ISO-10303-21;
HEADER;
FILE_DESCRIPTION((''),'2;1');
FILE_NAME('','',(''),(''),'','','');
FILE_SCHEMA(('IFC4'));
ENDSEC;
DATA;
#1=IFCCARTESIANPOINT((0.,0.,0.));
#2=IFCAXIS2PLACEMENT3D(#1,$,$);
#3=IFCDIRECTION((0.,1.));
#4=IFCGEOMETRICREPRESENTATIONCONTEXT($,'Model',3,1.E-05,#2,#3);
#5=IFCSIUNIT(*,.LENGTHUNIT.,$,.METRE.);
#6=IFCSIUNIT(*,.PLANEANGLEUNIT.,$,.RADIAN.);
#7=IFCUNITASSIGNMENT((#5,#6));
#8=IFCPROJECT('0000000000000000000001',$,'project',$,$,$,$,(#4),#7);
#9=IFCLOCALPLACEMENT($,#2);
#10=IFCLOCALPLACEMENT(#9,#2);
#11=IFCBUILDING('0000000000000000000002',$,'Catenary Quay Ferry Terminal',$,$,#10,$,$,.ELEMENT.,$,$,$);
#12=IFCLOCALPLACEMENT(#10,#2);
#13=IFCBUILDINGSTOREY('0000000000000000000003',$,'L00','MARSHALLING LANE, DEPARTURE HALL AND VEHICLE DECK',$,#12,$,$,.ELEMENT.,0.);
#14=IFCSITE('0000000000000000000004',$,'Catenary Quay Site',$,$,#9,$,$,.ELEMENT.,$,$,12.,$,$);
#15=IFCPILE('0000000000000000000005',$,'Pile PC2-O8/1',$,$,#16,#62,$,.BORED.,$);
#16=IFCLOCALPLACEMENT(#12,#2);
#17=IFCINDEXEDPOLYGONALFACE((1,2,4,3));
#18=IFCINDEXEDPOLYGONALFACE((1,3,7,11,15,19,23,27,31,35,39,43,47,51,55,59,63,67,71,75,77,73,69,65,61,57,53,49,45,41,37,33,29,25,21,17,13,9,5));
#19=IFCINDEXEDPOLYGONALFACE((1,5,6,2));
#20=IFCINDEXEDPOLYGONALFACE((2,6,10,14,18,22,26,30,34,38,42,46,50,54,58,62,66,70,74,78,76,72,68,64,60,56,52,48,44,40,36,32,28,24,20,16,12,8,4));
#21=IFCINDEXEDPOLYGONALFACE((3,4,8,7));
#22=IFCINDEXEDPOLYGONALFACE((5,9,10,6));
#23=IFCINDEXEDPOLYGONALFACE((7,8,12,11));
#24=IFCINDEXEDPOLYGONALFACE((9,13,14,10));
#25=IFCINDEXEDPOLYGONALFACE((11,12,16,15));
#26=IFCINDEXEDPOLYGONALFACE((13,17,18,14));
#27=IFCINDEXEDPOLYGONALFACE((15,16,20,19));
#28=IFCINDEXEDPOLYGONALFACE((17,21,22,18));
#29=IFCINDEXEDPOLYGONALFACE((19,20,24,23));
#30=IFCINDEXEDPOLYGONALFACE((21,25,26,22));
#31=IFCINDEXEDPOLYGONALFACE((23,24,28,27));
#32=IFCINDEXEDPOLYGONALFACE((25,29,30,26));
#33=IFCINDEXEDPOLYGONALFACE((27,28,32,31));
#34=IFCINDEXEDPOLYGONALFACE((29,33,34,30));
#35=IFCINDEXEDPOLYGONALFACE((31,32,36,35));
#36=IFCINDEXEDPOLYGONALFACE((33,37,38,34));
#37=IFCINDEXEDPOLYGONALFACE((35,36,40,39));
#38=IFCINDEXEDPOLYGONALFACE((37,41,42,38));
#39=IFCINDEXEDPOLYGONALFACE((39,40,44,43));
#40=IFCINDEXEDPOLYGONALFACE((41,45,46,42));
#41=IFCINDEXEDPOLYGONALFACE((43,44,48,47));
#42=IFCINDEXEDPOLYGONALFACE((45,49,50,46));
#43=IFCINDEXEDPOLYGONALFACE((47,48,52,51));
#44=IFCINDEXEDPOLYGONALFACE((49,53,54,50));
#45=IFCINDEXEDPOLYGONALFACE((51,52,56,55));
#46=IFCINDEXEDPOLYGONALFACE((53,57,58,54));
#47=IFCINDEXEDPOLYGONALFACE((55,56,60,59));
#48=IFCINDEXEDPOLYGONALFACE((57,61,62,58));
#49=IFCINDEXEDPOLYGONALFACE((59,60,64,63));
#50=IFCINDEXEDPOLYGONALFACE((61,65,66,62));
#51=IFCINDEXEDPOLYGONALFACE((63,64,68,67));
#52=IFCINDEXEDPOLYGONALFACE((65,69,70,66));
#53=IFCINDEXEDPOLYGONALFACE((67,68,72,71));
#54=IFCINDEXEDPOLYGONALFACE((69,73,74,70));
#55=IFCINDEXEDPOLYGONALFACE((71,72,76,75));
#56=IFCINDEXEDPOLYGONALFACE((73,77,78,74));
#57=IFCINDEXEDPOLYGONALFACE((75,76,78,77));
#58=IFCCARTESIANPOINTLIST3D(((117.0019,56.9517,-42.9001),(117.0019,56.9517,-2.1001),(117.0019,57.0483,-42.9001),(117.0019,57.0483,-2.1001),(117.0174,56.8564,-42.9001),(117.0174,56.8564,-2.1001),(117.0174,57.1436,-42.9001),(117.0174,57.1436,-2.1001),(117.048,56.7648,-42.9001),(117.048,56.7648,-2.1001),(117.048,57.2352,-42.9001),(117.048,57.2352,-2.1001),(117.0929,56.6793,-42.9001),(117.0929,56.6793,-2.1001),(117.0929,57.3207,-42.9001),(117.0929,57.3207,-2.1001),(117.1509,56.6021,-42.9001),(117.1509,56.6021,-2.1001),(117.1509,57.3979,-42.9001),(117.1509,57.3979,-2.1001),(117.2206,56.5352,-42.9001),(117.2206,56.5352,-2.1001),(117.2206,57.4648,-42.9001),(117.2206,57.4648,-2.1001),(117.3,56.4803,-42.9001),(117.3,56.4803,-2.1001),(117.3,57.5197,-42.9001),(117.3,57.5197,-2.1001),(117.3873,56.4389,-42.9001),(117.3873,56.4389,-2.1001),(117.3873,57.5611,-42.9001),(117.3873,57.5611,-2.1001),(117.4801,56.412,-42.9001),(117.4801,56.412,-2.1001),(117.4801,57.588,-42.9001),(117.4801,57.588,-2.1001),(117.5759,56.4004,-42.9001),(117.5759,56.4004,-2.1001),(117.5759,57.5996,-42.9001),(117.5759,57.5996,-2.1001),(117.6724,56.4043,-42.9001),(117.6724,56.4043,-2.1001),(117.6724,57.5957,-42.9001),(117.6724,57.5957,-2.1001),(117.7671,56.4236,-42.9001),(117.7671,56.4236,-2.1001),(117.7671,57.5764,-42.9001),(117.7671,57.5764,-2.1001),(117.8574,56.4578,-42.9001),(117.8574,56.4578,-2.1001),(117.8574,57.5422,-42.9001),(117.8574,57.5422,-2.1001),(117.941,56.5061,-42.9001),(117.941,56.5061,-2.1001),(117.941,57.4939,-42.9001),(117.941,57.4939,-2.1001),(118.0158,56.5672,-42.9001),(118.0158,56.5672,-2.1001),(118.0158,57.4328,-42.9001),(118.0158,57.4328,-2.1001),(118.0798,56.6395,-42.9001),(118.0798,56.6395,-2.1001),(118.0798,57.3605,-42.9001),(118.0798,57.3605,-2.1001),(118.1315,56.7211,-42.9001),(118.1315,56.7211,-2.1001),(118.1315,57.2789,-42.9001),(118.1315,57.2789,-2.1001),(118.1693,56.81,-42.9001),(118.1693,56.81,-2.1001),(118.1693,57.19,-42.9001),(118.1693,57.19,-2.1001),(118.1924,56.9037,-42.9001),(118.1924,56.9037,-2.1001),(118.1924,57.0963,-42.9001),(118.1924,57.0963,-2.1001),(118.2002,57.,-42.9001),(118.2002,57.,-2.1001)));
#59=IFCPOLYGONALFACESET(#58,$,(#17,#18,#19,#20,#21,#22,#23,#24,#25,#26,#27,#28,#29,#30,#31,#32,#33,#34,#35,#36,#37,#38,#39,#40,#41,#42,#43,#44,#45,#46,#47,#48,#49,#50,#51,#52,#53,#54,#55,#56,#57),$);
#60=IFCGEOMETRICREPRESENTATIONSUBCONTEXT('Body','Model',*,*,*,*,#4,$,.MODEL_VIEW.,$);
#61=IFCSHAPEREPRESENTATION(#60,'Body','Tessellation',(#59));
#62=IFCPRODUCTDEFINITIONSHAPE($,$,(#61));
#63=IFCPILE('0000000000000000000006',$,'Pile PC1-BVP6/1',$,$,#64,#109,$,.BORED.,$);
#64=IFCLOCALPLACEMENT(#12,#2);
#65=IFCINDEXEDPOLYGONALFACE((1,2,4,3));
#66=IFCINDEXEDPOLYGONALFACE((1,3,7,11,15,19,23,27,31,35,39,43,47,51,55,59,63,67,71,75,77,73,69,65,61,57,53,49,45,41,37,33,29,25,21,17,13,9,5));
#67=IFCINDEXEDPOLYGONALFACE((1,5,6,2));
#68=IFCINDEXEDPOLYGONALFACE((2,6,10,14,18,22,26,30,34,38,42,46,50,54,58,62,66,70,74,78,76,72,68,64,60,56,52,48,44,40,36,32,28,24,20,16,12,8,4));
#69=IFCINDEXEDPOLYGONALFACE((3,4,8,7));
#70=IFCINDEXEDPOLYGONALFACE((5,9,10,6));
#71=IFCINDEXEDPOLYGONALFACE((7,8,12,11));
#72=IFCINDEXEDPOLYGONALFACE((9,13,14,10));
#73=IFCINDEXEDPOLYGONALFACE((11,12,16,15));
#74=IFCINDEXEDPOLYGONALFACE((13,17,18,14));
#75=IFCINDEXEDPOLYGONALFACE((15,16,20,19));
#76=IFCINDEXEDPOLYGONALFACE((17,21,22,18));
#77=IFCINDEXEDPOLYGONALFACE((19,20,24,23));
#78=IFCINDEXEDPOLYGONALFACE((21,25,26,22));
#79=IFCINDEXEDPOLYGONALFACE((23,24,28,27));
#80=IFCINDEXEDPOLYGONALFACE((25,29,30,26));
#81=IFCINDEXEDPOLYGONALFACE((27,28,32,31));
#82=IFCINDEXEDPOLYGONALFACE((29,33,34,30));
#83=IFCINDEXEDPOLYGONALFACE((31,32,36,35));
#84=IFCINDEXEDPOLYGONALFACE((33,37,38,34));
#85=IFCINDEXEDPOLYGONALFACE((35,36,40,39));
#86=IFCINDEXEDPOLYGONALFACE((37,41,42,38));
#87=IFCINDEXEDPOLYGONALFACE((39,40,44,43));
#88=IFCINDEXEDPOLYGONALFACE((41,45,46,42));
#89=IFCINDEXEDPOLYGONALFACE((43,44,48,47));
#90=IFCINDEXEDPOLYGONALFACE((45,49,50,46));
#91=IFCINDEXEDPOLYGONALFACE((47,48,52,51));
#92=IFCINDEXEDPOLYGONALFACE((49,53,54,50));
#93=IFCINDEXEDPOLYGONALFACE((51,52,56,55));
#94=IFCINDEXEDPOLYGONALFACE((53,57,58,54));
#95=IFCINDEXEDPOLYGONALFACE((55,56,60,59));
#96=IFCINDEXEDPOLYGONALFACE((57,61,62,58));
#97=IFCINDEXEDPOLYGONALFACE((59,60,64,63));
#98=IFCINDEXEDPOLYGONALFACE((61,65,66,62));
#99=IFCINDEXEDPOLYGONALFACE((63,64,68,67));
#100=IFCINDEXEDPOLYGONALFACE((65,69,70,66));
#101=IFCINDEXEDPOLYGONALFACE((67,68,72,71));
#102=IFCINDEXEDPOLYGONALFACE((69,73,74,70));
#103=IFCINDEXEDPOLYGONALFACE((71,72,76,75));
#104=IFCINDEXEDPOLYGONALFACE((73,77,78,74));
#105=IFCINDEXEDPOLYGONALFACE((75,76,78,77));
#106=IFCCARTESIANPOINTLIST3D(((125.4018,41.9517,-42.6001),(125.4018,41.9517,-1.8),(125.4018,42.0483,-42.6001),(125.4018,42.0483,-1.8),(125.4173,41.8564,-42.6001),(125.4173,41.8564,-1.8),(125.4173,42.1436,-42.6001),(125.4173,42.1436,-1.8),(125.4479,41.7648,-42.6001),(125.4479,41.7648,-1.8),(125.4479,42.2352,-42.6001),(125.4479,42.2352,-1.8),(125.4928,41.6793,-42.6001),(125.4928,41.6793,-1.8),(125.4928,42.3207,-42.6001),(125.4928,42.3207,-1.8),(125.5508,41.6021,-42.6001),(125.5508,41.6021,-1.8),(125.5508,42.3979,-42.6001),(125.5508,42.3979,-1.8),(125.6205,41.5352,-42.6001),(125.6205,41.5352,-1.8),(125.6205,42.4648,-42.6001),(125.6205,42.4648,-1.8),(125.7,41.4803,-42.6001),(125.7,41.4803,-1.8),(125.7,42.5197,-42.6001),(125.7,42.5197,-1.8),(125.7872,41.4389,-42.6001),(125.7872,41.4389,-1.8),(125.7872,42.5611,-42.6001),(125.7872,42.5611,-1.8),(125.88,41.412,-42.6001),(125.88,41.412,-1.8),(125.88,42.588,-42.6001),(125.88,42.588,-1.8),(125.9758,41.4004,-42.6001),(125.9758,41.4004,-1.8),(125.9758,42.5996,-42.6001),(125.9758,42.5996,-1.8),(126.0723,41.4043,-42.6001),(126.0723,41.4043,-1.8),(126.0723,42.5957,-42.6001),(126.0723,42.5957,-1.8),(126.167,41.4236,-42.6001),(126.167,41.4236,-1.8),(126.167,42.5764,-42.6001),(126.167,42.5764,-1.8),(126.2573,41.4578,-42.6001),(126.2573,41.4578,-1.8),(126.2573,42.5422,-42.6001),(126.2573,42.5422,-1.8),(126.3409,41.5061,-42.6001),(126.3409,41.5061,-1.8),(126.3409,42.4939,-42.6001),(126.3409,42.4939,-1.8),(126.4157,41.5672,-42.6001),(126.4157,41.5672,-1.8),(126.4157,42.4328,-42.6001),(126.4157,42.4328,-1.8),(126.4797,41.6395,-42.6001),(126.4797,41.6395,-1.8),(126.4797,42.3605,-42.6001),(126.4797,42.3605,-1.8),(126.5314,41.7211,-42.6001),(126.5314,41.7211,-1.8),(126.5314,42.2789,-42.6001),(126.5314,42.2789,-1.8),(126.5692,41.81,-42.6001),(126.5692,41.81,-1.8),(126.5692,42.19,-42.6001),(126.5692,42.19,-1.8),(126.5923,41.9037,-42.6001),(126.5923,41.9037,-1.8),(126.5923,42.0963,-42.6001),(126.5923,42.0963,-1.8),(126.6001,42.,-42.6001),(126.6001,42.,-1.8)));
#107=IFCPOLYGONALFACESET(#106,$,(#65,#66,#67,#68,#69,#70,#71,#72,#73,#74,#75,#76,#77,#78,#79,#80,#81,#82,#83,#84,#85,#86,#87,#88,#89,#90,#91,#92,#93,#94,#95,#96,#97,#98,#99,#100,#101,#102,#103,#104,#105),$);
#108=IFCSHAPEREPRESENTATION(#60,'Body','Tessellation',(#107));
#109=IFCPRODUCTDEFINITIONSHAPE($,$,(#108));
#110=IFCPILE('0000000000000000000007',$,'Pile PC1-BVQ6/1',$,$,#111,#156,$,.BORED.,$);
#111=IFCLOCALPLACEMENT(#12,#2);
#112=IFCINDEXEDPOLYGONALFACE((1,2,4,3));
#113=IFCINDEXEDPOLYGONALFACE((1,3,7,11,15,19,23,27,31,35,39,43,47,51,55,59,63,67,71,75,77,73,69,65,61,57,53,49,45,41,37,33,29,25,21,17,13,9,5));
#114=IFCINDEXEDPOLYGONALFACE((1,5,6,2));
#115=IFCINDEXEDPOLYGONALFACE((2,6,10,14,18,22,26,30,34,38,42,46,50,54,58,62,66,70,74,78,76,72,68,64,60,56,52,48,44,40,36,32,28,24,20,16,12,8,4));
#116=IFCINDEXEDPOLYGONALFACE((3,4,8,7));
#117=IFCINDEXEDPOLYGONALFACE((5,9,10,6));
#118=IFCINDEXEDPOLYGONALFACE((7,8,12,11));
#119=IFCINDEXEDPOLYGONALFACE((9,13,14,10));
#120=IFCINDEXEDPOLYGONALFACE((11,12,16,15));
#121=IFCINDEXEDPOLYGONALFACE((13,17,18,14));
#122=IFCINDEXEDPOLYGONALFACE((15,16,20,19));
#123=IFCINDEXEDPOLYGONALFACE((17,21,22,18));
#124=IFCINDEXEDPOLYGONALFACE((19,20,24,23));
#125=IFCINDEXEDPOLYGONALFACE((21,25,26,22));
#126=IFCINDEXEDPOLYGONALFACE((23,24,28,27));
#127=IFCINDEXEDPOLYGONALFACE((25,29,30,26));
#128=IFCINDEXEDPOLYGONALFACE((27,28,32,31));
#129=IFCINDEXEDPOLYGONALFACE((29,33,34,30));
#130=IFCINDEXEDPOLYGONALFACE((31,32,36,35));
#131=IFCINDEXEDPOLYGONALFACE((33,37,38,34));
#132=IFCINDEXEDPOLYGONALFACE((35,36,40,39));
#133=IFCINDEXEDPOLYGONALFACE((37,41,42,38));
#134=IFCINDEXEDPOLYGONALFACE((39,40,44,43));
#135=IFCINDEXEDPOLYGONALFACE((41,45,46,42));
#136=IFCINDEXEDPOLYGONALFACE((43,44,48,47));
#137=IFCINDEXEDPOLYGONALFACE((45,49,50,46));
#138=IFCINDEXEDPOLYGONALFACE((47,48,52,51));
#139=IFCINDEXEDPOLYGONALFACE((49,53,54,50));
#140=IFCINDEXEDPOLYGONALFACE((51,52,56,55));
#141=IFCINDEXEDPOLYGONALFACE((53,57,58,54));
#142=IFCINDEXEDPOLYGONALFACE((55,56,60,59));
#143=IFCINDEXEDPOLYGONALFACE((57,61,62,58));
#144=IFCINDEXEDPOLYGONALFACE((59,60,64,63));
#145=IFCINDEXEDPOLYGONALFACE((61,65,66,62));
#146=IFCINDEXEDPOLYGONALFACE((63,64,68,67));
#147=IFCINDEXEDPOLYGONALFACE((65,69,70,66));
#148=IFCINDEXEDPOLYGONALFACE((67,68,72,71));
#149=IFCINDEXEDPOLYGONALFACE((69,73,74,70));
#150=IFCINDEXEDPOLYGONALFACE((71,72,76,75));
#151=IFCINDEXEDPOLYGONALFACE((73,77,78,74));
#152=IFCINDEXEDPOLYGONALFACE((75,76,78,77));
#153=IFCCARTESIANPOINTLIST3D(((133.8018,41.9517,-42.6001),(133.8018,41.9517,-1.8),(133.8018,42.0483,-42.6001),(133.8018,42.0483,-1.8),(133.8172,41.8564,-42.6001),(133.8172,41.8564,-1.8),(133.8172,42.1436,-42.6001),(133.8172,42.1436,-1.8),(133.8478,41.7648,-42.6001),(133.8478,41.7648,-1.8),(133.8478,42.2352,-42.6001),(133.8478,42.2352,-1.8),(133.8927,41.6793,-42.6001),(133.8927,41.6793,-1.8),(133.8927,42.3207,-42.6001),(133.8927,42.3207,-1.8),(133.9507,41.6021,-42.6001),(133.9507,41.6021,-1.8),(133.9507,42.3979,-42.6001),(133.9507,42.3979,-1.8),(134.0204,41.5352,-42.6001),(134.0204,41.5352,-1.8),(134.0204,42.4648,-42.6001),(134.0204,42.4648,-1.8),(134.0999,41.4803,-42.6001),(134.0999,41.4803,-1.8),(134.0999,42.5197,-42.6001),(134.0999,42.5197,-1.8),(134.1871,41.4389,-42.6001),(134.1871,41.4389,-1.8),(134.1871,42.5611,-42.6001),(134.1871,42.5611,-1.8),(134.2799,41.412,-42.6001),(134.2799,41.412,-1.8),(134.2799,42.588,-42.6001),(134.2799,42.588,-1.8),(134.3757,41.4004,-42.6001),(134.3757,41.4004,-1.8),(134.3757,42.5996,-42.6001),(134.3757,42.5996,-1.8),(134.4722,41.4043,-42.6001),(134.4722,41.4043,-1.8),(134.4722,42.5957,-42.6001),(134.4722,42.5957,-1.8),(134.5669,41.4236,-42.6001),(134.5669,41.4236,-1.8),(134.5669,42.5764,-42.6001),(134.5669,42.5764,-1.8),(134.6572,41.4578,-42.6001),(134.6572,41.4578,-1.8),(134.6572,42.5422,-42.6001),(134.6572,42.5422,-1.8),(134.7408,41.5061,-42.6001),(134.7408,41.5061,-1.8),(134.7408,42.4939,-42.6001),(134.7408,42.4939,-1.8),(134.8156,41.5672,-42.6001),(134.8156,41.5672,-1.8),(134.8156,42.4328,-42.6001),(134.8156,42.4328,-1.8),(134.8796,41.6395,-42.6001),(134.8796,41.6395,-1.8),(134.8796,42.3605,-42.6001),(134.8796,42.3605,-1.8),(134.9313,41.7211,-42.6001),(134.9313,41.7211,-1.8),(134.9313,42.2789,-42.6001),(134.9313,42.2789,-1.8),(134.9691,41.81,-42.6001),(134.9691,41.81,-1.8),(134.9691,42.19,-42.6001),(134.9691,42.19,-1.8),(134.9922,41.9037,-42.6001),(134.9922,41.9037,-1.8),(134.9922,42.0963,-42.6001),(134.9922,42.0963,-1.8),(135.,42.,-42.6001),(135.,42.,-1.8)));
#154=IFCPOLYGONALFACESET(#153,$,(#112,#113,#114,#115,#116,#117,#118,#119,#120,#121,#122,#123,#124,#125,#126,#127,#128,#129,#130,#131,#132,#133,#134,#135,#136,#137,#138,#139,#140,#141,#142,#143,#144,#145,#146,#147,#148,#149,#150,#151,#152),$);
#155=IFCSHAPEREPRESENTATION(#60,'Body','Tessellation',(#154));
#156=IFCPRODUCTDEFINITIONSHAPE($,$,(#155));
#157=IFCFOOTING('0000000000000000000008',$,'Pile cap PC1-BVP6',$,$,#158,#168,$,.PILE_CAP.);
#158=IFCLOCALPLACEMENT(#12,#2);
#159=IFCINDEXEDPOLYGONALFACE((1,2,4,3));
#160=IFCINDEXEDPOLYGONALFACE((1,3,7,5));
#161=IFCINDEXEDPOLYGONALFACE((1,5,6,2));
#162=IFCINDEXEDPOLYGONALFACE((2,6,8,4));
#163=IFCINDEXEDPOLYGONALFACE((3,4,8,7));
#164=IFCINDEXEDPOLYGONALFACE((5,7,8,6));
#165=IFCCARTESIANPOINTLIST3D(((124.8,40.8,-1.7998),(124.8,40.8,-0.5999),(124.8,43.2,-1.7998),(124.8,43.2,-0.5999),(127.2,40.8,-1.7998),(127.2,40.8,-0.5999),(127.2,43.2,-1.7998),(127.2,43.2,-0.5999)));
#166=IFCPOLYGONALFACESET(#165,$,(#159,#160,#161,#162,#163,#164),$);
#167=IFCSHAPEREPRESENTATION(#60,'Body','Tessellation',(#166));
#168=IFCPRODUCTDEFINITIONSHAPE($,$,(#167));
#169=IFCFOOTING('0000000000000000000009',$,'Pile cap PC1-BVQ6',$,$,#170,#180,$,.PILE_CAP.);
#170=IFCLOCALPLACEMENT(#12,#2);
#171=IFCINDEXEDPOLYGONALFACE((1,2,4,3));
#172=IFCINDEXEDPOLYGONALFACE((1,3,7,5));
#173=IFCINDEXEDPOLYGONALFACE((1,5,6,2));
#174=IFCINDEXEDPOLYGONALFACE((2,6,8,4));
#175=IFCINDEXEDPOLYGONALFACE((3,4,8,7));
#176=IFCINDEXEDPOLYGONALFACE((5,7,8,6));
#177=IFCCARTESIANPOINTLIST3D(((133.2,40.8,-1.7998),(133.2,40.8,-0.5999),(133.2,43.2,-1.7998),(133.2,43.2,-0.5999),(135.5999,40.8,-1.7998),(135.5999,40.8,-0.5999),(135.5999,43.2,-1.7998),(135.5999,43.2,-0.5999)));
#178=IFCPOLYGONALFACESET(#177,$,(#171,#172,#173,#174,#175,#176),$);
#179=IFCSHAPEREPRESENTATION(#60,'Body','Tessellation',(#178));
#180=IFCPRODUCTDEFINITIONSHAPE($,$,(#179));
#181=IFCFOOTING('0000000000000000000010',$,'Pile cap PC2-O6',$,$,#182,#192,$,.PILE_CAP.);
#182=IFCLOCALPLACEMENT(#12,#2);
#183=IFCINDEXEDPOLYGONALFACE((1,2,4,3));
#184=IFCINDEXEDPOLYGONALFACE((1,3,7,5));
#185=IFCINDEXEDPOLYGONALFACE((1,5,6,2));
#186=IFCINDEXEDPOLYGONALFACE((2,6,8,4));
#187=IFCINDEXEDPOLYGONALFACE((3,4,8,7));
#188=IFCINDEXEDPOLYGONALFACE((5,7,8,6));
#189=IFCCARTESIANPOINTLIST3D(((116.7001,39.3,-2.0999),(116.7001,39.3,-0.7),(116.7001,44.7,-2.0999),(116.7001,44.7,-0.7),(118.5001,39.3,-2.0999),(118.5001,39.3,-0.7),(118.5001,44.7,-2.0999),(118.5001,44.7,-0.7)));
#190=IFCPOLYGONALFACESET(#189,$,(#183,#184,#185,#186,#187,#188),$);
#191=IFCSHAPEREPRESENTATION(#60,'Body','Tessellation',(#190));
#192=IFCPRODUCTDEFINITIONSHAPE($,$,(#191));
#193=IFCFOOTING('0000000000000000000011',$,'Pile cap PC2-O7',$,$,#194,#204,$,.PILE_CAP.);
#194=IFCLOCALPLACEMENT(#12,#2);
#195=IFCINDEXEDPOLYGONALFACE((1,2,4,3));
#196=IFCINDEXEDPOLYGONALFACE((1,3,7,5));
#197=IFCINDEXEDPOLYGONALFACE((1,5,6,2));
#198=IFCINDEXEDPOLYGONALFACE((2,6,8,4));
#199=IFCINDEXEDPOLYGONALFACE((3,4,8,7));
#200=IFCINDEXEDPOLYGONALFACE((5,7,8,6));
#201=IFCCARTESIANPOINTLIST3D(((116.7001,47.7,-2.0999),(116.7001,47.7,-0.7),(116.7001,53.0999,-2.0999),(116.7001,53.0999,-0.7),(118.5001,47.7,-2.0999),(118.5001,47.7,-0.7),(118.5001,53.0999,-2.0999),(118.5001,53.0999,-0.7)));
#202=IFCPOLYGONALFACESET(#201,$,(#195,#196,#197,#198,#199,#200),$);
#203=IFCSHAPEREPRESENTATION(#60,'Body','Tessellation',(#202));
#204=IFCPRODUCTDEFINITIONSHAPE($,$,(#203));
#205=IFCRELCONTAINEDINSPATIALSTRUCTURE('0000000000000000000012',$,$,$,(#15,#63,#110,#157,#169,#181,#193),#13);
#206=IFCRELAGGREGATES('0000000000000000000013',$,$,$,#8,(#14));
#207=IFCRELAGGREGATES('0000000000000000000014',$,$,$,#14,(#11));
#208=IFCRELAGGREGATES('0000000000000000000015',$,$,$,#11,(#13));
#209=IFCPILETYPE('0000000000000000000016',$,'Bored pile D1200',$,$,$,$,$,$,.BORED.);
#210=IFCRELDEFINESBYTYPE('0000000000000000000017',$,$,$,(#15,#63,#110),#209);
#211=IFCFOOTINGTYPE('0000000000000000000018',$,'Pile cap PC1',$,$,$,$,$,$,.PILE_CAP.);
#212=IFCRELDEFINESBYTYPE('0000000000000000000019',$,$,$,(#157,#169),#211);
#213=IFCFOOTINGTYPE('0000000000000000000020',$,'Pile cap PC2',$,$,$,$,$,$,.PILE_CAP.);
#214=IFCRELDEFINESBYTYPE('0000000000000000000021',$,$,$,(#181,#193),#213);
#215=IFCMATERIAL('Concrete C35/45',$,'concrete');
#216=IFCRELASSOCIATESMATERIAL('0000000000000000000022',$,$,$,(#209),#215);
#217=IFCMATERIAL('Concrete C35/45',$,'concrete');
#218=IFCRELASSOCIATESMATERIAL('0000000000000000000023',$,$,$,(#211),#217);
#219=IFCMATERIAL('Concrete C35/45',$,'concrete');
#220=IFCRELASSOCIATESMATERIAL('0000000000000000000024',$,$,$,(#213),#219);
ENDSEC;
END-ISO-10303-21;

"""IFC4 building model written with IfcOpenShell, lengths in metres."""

from ifc_helpers import new_model, si_unit, direction, frame, origin, origin_2d, place, context, subcontext, project, spatial, rectangle, circle, extrude, material, material_profile, profile_set, type_object, element, save


model = new_model("IFC4")

# Units and contexts
model_context = context("Model", 3, precision=1e-05, world=origin(), true_north=direction((0.0, 1.0)))
body_context = subcontext(model_context, "Body", "Model", "MODEL_VIEW")
ifc_project = project(units=[si_unit("LENGTHUNIT", "METRE"), si_unit("PLANEANGLEUNIT", "RADIAN")], contexts=[model_context])

# Site, building, storey
site_placement = place(None, origin())
site = spatial("IfcSite", under=ifc_project, at=site_placement, Name="Catenary Quay Site", CompositionType="ELEMENT", RefElevation=12.0)
building_placement = place(site_placement, origin())
building = spatial("IfcBuilding", under=site, at=building_placement, Name="Catenary Quay Ferry Terminal", CompositionType="ELEMENT")
storey_placement = place(building_placement, origin())
storey = spatial("IfcBuildingStorey", under=building, at=storey_placement, Name="L00", Description="MARSHALLING LANE, DEPARTURE HALL AND VEHICLE DECK", CompositionType="ELEMENT", Elevation=0.0)

# Piles
ifc_material_1 = material(Name="Concrete C35/45", Category="concrete")
ifc_material_profile_1 = material_profile(ifc_material_1, circle(Radius=0.6001, at=origin_2d()), Name="D1200")
ifc_profile_set_1 = profile_set([ifc_material_profile_1], Name="Concrete C35/45")
pile_type = type_object("IfcPileType", Name="Bored pile D1200", PredefinedType="BORED", material=ifc_profile_set_1)
for number, where, z_axis, x_axis, name in (
    (1, (117.6001, 57.0, -2.1001), (0.0, 0.0, -1.0), (1.0, 0.0, 0.0), "Pile PC2-O8/1"),
    (2, (126.0, 42.0, -1.8), (0.0, 0.0, -1.0), (1.0, 0.0, 0.0), "Pile PC1-BVP6/1"),
    (3, (134.3999, 42.0, -1.8), (0.0, 0.0, -1.0), (1.0, 0.0, 0.0), "Pile PC1-BVQ6/1"),
):
    element("IfcPile", number, at=place(storey_placement, frame(where, z_axis=z_axis, x_axis=x_axis)), inside=storey, type_object=pile_type, Name=name, PredefinedType="BORED", context=body_context, shape_type="SweptSolid", body=[
        extrude(circle(Radius=0.6001, at=origin_2d()), origin(), (0.0, 0.0, 1.0), 40.8),
    ])

# Footings
ifc_material_2 = material(Name="Concrete C35/45", Category="concrete")
footing_type_1 = type_object("IfcFootingType", Name="Pile cap PC1", PredefinedType="PILE_CAP", material=ifc_material_2)
for number, where, z_axis, x_axis, name in (
    (4, (126.0, 42.0, -1.7998), (0.0, 0.0, 1.0), (1.0, 0.0, 0.0), "Pile cap PC1-BVP6"),
    (5, (134.3999, 42.0, -1.7998), (0.0, 0.0, 1.0), (1.0, 0.0, 0.0), "Pile cap PC1-BVQ6"),
):
    element("IfcFooting", number, at=place(storey_placement, frame(where, z_axis=z_axis, x_axis=x_axis)), inside=storey, type_object=footing_type_1, Name=name, PredefinedType="PILE_CAP", context=body_context, shape_type="SweptSolid", body=[
        extrude(rectangle(XDim=2.3999, YDim=2.3999, at=origin_2d()), origin(), (0.0, 0.0, 1.0), 1.2),
    ])
ifc_material_3 = material(Name="Concrete C35/45", Category="concrete")
footing_type_2 = type_object("IfcFootingType", Name="Pile cap PC2", PredefinedType="PILE_CAP", material=ifc_material_3)
for number, where, z_axis, x_axis, name in (
    (6, (117.6001, 42.0, -2.0999), (0.0, 0.0, 1.0), (1.0, 0.0, 0.0), "Pile cap PC2-O6"),
    (7, (117.6001, 50.3999, -2.0999), (0.0, 0.0, 1.0), (1.0, 0.0, 0.0), "Pile cap PC2-O7"),
):
    element("IfcFooting", number, at=place(storey_placement, frame(where, z_axis=z_axis, x_axis=x_axis)), inside=storey, type_object=footing_type_2, Name=name, PredefinedType="PILE_CAP", context=body_context, shape_type="SweptSolid", body=[
        extrude(rectangle(XDim=1.8, YDim=5.3999, at=origin_2d()), origin(), (0.0, 0.0, 1.0), 1.3999),
    ])

save(model, "model.ifc")
